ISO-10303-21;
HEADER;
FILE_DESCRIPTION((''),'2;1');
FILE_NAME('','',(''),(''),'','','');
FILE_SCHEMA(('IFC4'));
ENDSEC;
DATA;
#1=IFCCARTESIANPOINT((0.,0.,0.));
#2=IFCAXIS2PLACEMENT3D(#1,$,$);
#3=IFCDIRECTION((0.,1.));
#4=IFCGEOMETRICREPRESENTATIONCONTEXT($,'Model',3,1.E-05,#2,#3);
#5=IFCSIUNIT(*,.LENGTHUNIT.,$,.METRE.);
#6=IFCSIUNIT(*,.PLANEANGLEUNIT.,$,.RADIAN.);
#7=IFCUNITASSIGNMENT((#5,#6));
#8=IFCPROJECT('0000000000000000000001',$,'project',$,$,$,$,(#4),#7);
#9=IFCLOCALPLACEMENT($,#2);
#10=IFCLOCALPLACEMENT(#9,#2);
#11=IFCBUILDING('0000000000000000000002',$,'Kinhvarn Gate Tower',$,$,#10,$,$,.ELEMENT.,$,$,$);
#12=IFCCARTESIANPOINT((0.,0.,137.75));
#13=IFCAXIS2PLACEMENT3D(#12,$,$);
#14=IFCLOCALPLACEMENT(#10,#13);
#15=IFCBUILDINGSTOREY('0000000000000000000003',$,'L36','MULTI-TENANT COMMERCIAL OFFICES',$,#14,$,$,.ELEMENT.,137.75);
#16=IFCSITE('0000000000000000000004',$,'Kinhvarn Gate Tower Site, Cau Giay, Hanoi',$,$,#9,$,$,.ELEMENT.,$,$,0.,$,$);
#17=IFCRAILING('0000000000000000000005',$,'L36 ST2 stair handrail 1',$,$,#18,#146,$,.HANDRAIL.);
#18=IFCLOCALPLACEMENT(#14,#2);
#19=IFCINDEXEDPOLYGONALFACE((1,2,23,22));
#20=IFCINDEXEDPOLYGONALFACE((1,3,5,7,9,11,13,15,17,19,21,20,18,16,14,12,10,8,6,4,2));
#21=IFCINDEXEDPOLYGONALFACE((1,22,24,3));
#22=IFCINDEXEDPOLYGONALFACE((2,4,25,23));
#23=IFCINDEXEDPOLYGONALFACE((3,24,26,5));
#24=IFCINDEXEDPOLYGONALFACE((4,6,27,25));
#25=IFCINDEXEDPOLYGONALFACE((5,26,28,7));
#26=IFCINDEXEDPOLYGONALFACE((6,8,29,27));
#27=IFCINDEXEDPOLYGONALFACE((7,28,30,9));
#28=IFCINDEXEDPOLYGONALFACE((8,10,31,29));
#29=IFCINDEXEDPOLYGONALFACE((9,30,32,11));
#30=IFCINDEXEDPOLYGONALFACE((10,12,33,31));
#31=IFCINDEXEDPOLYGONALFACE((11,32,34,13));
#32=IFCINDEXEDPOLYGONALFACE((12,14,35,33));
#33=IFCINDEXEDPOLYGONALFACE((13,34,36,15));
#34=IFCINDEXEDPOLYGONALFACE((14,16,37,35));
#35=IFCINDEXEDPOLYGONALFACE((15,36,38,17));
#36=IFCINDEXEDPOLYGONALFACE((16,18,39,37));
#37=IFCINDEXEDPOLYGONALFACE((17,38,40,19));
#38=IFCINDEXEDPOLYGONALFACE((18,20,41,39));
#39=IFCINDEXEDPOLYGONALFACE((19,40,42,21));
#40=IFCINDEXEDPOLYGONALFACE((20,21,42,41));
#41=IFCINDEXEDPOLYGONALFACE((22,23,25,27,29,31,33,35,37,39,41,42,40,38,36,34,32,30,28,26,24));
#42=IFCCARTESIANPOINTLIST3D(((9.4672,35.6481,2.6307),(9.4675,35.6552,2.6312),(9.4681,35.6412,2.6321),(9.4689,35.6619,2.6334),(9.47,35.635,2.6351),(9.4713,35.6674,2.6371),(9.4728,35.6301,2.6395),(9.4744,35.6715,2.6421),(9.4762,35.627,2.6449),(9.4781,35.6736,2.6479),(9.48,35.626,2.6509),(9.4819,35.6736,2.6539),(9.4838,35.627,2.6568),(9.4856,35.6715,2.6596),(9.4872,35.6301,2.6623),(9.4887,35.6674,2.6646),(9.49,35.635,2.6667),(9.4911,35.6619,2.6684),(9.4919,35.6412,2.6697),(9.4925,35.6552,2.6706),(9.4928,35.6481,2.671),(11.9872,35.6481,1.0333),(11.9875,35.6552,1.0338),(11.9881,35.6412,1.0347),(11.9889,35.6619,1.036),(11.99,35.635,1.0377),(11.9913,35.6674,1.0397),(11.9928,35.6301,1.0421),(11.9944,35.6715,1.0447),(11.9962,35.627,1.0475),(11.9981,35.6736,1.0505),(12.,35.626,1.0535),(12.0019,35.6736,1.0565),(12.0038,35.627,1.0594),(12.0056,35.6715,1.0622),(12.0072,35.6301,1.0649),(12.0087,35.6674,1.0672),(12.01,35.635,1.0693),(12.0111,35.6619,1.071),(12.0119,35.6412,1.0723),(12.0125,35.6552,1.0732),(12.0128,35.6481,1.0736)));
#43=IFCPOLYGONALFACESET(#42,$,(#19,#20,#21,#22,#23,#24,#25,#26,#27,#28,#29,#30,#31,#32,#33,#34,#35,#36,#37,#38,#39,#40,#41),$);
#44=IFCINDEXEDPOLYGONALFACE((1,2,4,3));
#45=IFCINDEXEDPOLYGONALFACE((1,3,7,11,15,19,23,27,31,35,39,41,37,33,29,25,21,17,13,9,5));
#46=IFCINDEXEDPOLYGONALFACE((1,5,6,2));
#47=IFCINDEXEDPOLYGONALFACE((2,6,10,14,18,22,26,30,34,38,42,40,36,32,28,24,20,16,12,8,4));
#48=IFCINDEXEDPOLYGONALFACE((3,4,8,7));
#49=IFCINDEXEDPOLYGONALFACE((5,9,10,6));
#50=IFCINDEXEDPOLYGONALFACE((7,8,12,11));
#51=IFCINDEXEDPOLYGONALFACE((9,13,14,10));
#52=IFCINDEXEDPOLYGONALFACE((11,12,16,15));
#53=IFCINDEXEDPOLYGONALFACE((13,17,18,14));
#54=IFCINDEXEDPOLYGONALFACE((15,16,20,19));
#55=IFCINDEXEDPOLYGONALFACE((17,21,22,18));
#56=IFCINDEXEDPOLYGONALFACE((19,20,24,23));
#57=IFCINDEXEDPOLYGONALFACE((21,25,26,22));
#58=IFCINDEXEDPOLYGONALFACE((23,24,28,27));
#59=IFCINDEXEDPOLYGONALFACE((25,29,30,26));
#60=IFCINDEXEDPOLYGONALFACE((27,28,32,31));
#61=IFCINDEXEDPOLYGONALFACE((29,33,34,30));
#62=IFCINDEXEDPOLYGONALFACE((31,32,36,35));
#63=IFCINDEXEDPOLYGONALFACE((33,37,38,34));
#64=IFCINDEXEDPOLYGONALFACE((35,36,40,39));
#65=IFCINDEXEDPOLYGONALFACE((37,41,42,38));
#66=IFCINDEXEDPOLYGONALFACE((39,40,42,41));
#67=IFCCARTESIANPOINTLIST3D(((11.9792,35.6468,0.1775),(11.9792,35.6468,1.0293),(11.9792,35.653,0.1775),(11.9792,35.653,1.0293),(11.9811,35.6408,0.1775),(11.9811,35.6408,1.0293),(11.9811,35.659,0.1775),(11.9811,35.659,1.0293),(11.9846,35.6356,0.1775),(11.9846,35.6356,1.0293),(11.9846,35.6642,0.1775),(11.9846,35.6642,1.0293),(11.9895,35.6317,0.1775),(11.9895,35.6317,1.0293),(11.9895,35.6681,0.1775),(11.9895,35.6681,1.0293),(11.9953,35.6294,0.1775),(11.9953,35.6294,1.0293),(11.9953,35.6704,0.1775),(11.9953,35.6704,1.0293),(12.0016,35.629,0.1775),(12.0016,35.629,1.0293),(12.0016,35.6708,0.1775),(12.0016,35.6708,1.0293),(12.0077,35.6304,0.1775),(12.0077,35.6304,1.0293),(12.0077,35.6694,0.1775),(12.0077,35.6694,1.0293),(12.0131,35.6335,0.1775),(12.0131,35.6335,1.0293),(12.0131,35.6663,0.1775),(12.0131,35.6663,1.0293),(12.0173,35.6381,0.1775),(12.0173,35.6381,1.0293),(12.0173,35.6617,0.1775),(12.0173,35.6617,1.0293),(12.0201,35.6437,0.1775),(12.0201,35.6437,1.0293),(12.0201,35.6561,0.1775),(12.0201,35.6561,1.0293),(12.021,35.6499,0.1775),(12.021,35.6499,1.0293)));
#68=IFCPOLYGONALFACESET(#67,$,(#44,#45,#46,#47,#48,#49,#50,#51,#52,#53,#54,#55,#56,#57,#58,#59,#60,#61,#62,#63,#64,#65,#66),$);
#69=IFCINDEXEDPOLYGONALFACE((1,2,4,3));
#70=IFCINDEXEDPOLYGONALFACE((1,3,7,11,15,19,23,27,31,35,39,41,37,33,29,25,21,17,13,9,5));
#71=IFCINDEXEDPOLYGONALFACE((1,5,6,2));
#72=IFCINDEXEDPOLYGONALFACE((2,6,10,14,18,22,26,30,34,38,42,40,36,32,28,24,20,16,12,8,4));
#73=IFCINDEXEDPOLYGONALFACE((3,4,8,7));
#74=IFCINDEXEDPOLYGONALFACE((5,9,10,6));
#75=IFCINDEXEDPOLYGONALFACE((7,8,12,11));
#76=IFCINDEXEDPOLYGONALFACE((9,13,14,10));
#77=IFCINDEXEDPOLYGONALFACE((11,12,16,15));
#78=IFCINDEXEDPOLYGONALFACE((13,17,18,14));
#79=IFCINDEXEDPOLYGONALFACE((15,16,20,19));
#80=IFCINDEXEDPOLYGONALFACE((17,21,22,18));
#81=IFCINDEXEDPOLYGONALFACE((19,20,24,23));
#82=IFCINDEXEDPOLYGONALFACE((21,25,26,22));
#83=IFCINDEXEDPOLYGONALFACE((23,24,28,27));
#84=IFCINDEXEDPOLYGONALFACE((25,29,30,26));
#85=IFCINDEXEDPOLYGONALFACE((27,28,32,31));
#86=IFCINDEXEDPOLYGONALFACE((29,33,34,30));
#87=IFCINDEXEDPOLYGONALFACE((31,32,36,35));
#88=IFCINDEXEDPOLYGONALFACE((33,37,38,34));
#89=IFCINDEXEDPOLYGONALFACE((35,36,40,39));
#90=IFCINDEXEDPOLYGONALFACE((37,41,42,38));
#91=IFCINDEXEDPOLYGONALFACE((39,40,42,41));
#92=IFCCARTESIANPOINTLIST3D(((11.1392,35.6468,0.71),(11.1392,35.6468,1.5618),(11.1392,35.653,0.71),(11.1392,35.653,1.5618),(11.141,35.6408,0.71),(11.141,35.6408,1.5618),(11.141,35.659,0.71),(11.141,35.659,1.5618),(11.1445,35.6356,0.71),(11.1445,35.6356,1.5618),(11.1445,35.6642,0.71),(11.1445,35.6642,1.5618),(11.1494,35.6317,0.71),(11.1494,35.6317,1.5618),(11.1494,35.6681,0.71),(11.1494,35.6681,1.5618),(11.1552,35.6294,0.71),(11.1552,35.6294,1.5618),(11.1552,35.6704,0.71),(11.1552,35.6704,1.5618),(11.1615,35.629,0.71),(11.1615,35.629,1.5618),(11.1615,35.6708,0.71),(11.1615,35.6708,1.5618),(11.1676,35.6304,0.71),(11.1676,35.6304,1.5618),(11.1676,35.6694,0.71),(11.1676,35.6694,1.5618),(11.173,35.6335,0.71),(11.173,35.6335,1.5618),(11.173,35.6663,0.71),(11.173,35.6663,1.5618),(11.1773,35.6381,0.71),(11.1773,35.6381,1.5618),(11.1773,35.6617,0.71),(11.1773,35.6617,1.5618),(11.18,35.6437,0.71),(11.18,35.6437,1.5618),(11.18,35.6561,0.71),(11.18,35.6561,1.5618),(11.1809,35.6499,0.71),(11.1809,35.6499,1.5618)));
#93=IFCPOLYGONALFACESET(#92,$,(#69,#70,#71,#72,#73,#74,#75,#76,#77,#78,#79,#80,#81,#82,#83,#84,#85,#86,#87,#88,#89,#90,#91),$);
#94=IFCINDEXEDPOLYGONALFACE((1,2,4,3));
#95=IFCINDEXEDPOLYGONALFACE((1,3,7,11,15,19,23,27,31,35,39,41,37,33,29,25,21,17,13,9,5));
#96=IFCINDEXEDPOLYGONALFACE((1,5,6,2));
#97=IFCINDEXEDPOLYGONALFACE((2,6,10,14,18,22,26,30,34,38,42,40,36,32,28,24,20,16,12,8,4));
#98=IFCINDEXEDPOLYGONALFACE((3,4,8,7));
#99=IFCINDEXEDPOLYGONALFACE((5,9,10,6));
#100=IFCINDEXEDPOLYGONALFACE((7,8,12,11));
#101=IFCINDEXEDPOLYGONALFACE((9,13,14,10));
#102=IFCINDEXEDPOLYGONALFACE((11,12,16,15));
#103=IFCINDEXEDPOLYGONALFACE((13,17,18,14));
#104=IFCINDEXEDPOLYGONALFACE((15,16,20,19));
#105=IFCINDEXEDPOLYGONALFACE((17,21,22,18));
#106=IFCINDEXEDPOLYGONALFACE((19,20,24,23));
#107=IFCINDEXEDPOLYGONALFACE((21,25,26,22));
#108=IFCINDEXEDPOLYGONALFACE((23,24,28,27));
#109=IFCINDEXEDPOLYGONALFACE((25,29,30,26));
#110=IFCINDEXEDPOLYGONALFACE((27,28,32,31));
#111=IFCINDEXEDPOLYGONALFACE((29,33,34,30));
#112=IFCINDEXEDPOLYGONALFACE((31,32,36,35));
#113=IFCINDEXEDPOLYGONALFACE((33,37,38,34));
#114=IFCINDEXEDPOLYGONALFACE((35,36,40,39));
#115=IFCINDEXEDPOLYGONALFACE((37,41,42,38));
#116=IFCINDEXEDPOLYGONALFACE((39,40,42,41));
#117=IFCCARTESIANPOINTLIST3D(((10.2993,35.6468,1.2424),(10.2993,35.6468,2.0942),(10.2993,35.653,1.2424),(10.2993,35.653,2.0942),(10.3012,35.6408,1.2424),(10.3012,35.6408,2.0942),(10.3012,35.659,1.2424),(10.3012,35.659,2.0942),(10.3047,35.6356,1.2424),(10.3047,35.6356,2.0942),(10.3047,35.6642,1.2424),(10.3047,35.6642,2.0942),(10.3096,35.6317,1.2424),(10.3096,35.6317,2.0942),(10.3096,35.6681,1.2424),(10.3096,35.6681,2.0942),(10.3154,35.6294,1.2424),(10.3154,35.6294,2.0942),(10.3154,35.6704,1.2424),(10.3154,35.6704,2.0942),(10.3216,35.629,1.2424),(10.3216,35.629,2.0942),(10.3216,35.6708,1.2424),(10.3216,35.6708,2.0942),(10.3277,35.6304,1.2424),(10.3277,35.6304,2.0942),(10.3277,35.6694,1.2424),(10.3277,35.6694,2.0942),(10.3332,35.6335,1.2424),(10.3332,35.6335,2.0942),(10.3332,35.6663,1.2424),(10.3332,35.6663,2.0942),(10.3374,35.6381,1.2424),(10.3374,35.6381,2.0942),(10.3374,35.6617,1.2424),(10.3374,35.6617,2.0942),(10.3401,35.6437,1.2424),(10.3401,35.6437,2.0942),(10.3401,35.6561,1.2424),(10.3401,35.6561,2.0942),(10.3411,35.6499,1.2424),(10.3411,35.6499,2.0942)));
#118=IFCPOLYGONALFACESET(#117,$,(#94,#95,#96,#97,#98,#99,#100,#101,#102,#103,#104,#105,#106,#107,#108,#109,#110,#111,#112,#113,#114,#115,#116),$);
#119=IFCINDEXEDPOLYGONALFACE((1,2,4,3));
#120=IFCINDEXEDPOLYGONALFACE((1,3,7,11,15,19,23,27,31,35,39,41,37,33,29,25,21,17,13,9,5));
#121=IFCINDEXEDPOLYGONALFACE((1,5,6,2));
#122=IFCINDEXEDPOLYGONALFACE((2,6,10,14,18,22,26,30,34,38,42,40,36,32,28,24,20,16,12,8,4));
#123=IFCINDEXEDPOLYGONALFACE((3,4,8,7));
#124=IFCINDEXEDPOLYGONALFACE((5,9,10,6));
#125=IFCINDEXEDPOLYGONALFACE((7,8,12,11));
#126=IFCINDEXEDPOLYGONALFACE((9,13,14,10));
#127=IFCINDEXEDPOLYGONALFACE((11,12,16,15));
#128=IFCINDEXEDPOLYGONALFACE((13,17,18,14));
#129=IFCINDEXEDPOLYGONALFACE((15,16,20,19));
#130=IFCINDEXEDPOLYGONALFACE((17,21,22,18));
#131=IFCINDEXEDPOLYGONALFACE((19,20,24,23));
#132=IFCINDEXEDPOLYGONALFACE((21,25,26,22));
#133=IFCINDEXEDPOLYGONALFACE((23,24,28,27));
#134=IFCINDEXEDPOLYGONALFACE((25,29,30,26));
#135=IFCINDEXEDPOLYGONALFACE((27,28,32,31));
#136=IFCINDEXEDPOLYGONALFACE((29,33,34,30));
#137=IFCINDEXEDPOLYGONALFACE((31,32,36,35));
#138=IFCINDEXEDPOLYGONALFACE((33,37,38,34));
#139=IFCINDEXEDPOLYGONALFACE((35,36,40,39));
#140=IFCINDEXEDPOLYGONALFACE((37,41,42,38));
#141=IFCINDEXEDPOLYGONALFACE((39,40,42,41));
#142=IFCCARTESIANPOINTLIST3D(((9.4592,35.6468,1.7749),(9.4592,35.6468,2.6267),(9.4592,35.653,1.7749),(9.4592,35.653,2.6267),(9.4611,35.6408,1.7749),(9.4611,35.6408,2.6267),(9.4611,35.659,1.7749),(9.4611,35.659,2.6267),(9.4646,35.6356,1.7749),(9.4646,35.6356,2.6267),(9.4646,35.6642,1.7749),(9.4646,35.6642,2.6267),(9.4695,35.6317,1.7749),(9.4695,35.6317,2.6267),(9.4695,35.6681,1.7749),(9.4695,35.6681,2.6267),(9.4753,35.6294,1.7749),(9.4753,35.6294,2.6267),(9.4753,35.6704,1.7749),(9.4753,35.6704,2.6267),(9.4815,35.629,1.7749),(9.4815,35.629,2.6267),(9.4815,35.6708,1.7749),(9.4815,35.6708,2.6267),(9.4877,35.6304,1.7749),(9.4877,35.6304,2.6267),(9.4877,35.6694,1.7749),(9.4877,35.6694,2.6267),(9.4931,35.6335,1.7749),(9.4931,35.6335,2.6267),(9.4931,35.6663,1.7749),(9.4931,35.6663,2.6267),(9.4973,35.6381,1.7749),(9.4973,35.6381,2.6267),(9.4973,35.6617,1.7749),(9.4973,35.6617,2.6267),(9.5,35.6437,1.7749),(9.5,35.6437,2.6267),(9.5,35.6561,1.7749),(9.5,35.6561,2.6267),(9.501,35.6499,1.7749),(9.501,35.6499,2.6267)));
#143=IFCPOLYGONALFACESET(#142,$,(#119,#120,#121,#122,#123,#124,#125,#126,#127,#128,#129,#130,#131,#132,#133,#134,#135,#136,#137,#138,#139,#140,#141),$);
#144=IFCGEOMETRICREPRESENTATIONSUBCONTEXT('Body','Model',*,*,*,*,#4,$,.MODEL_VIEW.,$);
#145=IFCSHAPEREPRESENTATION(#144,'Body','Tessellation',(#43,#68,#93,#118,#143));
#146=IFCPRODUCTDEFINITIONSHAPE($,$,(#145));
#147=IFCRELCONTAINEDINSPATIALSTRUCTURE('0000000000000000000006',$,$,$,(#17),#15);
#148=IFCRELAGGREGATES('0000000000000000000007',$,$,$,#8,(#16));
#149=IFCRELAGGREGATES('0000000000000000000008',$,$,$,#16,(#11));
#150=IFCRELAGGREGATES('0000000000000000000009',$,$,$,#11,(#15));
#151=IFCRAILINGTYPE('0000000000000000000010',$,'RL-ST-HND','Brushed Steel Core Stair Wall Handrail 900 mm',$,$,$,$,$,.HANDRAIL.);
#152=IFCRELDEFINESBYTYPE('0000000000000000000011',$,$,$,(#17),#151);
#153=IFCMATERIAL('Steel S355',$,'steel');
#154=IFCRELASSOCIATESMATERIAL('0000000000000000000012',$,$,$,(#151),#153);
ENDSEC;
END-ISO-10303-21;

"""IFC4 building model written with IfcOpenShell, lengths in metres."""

from ifc_helpers import new_model, si_unit, direction, frame, origin, origin_2d, place, context, subcontext, project, spatial, circle, extrude, material, type_object, element, save


model = new_model("IFC4")

# Units and contexts
model_context = context("Model", 3, precision=1e-05, world=origin(), true_north=direction((0.0, 1.0)))
body_context = subcontext(model_context, "Body", "Model", "MODEL_VIEW")
ifc_project = project(units=[si_unit("LENGTHUNIT", "METRE"), si_unit("PLANEANGLEUNIT", "RADIAN")], contexts=[model_context])

# Site, building, storey
site_placement = place(None, origin())
site = spatial("IfcSite", under=ifc_project, at=site_placement, Name="Kinhvarn Gate Tower Site, Cau Giay, Hanoi", CompositionType="ELEMENT", RefElevation=0.0)
building_placement = place(site_placement, origin())
building = spatial("IfcBuilding", under=site, at=building_placement, Name="Kinhvarn Gate Tower", CompositionType="ELEMENT")
storey_placement = place(building_placement, frame((0.0, 0.0, 137.75)))
storey = spatial("IfcBuildingStorey", under=building, at=storey_placement, Name="L36", Description="MULTI-TENANT COMMERCIAL OFFICES", CompositionType="ELEMENT", Elevation=137.75)

# Shared definitions
ifc_material_1 = material(Name="Steel S355", Category="steel")

# Railing
railing_type_1 = type_object("IfcRailingType", Name="RL-ST-HND", Description="Brushed Steel Core Stair Wall Handrail 900 mm", PredefinedType="HANDRAIL", material=ifc_material_1)
railing_1_placement = place(storey_placement, frame((12.0, 35.6499, 0.1775)))
element("IfcRailing", 1, at=railing_1_placement, inside=storey, type_object=railing_type_1, Name="L36 ST2 stair handrail 1", PredefinedType="HANDRAIL", context=body_context, shape_type="SweptSolid", body=[
    extrude(circle(Radius=0.0239, at=origin_2d()), frame((0.0, 0.0, 0.876), z_axis=(-0.844607, 0.0, 0.535387), x_axis=(0.0, -1.0, 0.0)), (0.0, 0.0, 1.0), 2.9836),
    extrude(circle(Radius=0.021, at=origin_2d()), origin(), (0.0, 0.0, 1.0), 0.8518),
    extrude(circle(Radius=0.021, at=origin_2d()), frame((-0.8401, 0.0, 0.5325)), (0.0, 0.0, 1.0), 0.8518),
    extrude(circle(Radius=0.021, at=origin_2d()), frame((-1.6799, 0.0, 1.0649)), (0.0, 0.0, 1.0), 0.8518),
    extrude(circle(Radius=0.021, at=origin_2d()), frame((-2.52, 0.0, 1.5974)), (0.0, 0.0, 1.0), 0.8518),
])

save(model, "model.ifc")
